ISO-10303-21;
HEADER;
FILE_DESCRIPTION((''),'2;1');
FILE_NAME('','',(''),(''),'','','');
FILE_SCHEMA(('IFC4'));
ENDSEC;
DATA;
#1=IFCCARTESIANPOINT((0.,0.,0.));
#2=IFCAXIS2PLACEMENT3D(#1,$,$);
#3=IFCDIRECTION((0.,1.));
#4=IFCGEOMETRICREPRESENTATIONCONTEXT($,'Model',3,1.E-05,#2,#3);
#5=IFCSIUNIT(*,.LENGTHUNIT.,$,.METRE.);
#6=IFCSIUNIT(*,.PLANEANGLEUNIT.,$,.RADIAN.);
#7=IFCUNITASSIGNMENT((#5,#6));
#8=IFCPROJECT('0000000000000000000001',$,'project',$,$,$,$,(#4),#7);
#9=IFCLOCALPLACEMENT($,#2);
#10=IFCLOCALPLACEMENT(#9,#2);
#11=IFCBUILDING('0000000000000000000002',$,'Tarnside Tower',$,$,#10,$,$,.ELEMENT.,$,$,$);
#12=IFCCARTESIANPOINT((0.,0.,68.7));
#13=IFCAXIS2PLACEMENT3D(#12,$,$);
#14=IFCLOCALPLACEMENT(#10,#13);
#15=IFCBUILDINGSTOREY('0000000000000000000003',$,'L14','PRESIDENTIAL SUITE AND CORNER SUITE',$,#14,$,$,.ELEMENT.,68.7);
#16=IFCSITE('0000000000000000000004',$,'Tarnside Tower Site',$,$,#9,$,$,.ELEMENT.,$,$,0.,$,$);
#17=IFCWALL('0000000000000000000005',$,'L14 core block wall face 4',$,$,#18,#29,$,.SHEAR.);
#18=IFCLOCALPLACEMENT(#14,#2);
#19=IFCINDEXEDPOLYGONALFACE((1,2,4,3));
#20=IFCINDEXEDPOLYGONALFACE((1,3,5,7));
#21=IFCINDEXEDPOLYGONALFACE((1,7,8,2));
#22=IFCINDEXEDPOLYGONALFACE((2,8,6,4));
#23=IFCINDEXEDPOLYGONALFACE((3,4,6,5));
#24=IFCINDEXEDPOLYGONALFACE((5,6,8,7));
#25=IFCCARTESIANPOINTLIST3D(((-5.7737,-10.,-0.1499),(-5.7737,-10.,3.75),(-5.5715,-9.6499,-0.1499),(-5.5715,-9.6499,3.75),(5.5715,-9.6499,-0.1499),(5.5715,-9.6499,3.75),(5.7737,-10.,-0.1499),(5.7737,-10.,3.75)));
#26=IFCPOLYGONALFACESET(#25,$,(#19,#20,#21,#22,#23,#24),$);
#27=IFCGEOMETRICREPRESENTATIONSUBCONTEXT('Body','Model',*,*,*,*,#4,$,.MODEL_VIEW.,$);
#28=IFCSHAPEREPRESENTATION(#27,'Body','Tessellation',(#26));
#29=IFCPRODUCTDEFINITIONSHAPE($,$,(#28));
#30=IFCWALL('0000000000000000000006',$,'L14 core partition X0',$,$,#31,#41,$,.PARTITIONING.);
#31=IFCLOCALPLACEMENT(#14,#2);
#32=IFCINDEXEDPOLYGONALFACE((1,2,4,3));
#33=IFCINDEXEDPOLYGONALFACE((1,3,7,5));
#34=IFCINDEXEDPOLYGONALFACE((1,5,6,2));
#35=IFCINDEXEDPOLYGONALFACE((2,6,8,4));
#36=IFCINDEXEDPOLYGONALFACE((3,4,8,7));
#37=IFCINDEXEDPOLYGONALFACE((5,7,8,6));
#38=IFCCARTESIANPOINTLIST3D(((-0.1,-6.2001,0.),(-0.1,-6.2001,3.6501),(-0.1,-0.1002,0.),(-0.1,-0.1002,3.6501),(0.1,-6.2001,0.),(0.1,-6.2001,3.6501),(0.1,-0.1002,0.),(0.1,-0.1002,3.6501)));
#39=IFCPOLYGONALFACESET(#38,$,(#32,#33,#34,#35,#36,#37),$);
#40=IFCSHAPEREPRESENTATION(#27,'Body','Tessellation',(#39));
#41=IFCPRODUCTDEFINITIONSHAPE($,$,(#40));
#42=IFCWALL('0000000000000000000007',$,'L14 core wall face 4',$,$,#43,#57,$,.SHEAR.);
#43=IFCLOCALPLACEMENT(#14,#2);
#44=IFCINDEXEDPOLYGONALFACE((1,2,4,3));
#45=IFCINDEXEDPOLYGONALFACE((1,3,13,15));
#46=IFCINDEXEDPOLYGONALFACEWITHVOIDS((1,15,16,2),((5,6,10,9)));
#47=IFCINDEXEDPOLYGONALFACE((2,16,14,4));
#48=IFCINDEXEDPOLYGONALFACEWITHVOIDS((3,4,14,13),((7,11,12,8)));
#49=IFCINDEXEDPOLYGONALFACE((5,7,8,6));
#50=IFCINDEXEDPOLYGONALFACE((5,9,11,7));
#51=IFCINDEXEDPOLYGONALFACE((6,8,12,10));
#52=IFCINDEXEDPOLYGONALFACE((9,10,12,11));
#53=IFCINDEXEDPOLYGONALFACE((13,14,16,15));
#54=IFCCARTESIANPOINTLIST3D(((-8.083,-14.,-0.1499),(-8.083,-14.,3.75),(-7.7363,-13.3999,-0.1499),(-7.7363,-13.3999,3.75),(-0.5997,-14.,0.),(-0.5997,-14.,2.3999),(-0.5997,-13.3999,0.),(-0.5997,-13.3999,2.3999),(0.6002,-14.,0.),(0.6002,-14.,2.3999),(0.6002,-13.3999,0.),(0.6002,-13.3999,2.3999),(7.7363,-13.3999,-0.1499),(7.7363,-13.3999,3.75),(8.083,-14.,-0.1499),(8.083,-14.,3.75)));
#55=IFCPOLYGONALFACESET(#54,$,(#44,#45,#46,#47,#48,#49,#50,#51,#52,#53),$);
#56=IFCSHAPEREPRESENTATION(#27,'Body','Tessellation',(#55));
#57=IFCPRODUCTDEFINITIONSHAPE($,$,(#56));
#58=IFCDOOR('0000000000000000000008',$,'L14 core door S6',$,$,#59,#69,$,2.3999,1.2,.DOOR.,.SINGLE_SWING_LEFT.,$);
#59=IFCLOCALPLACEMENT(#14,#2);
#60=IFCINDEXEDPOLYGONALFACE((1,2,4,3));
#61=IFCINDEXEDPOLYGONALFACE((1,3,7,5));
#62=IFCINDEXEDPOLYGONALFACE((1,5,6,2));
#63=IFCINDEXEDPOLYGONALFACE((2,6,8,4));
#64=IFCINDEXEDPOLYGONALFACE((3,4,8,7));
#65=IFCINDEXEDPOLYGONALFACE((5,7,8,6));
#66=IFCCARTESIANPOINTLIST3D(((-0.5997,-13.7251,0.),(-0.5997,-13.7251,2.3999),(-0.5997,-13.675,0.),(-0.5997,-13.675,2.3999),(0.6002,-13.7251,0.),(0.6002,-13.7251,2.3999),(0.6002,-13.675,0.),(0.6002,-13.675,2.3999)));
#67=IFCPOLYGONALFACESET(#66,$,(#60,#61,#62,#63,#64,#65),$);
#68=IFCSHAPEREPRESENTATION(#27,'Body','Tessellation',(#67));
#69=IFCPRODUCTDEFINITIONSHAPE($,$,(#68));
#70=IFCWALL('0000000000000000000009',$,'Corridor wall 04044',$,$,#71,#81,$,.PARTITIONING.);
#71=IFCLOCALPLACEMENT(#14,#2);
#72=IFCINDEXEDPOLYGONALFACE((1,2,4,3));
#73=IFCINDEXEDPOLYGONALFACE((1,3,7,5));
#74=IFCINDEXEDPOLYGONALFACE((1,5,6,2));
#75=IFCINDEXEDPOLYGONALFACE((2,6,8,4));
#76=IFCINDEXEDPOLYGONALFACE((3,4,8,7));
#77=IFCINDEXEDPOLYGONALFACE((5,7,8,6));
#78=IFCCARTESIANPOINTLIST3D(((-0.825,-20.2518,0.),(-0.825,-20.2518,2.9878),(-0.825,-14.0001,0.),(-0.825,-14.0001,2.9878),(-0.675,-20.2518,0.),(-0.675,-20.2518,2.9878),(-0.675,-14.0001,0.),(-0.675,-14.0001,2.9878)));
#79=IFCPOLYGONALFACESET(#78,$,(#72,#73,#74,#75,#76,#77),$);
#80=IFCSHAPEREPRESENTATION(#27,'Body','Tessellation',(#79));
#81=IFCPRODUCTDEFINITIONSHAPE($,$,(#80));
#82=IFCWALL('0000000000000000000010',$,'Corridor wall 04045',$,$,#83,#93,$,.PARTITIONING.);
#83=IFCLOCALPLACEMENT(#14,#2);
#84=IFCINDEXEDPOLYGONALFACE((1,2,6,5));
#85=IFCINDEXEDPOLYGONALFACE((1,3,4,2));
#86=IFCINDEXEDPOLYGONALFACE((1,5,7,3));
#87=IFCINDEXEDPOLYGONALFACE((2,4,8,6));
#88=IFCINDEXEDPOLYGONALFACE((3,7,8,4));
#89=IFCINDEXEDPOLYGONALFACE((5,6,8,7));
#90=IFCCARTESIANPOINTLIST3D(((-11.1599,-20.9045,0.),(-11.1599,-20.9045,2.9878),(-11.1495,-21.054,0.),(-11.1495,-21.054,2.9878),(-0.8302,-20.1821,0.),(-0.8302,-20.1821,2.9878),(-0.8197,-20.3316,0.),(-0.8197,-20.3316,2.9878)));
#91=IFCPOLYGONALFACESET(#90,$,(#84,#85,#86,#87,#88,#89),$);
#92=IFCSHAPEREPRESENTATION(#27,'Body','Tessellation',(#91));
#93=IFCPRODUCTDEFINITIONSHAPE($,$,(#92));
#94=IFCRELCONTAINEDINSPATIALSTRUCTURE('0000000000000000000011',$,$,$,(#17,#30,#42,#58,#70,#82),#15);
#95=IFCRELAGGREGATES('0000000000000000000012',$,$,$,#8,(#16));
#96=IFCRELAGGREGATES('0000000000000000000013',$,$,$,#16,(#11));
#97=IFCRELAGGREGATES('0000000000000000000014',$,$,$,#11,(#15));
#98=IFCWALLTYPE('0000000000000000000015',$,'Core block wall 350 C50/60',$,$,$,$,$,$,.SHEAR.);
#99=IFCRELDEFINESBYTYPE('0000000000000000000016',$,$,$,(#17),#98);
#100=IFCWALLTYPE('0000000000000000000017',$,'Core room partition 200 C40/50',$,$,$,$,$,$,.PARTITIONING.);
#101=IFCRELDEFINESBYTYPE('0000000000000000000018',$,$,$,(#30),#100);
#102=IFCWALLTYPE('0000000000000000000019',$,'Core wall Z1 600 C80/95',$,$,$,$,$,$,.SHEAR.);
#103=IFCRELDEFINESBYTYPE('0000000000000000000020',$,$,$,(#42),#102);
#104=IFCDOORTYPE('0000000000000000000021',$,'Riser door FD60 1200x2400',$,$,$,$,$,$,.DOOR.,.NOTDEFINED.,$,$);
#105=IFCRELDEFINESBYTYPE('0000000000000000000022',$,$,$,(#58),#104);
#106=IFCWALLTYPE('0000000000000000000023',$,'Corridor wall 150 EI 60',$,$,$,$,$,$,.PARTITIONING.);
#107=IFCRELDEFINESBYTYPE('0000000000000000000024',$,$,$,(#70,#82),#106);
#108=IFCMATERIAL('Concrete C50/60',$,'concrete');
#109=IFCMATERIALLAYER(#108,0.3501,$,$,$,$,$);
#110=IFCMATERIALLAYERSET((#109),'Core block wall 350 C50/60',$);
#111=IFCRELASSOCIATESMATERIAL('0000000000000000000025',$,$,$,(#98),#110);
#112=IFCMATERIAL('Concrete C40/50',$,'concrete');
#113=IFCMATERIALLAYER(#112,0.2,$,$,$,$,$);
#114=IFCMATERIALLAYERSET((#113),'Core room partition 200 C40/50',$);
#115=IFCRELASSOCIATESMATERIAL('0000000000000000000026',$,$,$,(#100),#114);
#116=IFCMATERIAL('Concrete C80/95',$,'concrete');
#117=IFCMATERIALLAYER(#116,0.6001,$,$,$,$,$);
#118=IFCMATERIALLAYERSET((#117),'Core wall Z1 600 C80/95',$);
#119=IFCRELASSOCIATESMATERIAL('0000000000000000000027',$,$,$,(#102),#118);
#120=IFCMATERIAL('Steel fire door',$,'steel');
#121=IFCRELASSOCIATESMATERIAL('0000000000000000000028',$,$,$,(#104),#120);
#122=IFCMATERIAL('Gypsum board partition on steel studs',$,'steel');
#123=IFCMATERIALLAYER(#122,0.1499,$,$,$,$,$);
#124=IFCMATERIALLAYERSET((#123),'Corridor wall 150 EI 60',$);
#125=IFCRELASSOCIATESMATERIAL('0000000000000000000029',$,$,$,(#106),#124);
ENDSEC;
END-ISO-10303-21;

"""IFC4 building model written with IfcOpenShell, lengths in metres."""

from ifc_helpers import new_model, si_unit, direction, frame, frame_2d, origin, place, context, subcontext, project, spatial, polyline, rectangle, outline, extrude, material, layer, layer_set, type_object, element, fill, save


model = new_model("IFC4")

# Units and contexts
model_context = context("Model", 3, precision=1e-05, world=origin(), true_north=direction((0.0, 1.0)))
body_context = subcontext(model_context, "Body", "Model", "MODEL_VIEW")
ifc_project = project(units=[si_unit("LENGTHUNIT", "METRE"), si_unit("PLANEANGLEUNIT", "RADIAN")], contexts=[model_context])

# Site, building, storey
site_placement = place(None, origin())
site = spatial("IfcSite", under=ifc_project, at=site_placement, Name="Tarnside Tower Site", CompositionType="ELEMENT", RefElevation=0.0)
building_placement = place(site_placement, origin())
building = spatial("IfcBuilding", under=site, at=building_placement, Name="Tarnside Tower", CompositionType="ELEMENT")
storey_placement = place(building_placement, frame((0.0, 0.0, 68.7)))
storey = spatial("IfcBuildingStorey", under=building, at=storey_placement, Name="L14", Description="PRESIDENTIAL SUITE AND CORNER SUITE", CompositionType="ELEMENT", Elevation=68.7)

# Walls
ifc_material_1 = material(Name="Concrete C50/60", Category="concrete")
ifc_layer_1 = layer(ifc_material_1, 0.3501)
ifc_layer_set_1 = layer_set([ifc_layer_1], Name="Core block wall 350 C50/60")
wall_type_1 = type_object("IfcWallType", Name="Core block wall 350 C50/60", PredefinedType="SHEAR", material=ifc_layer_set_1)
wall_1_placement = place(storey_placement, frame((-5.6726, -9.825, -0.1499), z_axis=(0.0, 0.0, 1.0), x_axis=(1.0, 0.0, 0.0)))
element("IfcWall", 1, at=wall_1_placement, inside=storey, type_object=wall_type_1, Name="L14 core block wall face 4", PredefinedType="SHEAR", context=body_context, shape_type="SweptSolid", body=[
    extrude(outline(polyline([(-0.1011, -0.175), (11.4463, -0.175), (11.2441, 0.175), (0.1011, 0.175), (-0.1011, -0.175)])), origin(), (0.0, 0.0, 1.0), 3.8999),
])
ifc_material_2 = material(Name="Concrete C40/50", Category="concrete")
ifc_layer_2 = layer(ifc_material_2, 0.2)
ifc_layer_set_2 = layer_set([ifc_layer_2], Name="Core room partition 200 C40/50")
wall_type_2 = type_object("IfcWallType", Name="Core room partition 200 C40/50", PredefinedType="PARTITIONING", material=ifc_layer_set_2)
wall_2_placement = place(storey_placement, frame((0.0, -6.2, 0.0), z_axis=(0.0, 0.0, 1.0), x_axis=(0.0, 1.0, 0.0)))
element("IfcWall", 2, at=wall_2_placement, inside=storey, type_object=wall_type_2, Name="L14 core partition X0", PredefinedType="PARTITIONING", context=body_context, shape_type="SweptSolid", body=[
    extrude(rectangle(XDim=6.0999, YDim=0.2, at=frame_2d((3.0498, 0.0))), origin(), (0.0, 0.0, 1.0), 3.6501),
])

# Wall, opening, door
ifc_material_3 = material(Name="Concrete C80/95", Category="concrete")
ifc_layer_3 = layer(ifc_material_3, 0.6001)
ifc_layer_set_3 = layer_set([ifc_layer_3], Name="Core wall Z1 600 C80/95")
wall_type_3 = type_object("IfcWallType", Name="Core wall Z1 600 C80/95", PredefinedType="SHEAR", material=ifc_layer_set_3)
wall_3_placement = place(storey_placement, frame((-7.9097, -13.7, -0.1499), z_axis=(0.0, 0.0, 1.0), x_axis=(1.0, 0.0, 0.0)))
wall_3 = element("IfcWall", 3, at=wall_3_placement, inside=storey, type_object=wall_type_3, Name="L14 core wall face 4", PredefinedType="SHEAR", context=body_context, shape_type="SweptSolid", body=[
    extrude(outline(polyline([(-0.1733, -0.3), (15.9927, -0.3), (15.646, 0.3), (0.1733, 0.3), (-0.1733, -0.3)])), origin(), (0.0, 0.0, 1.0), 3.8999),
])
opening_1_placement = place(wall_3_placement, frame((7.3098, 0.0, 0.1499)))
opening_1 = element("IfcOpeningElement", 4, at=opening_1_placement, cuts=wall_3, PredefinedType="OPENING", context=body_context, shape_type="SweptSolid", body=[
    extrude(rectangle(XDim=1.2, YDim=2.3999, at=frame_2d((0.6001, 1.2))), frame((0.0, 0.3101, 0.0), z_axis=(0.0, -1.0, 0.0), x_axis=(1.0, 0.0, 0.0)), (0.0, 0.0, 1.0), 0.6201),
])
ifc_material_4 = material(Name="Steel fire door", Category="steel")
door_type_1 = type_object("IfcDoorType", Name="Riser door FD60 1200x2400", OperationType="NOTDEFINED", PredefinedType="DOOR", material=ifc_material_4)
door_1_placement = place(opening_1_placement, origin())
door_1 = element("IfcDoor", 5, at=door_1_placement, inside=storey, type_object=door_type_1, Name="L14 core door S6", OperationType="SINGLE_SWING_LEFT", OverallHeight=2.3999, OverallWidth=1.2, PredefinedType="DOOR", context=body_context, shape_type="SweptSolid", body=[
    extrude(rectangle(XDim=1.2, YDim=2.3999, at=frame_2d((0.6001, 1.2))), frame((0.0, 0.0249, 0.0), z_axis=(0.0, -1.0, 0.0), x_axis=(1.0, 0.0, 0.0)), (0.0, 0.0, 1.0), 0.05),
])
fill(opening_1, door_1)

# Walls
ifc_material_5 = material(Name="Gypsum board partition on steel studs", Category="steel")
ifc_layer_4 = layer(ifc_material_5, 0.1499)
ifc_layer_set_4 = layer_set([ifc_layer_4], Name="Corridor wall 150 EI 60")
wall_type_4 = type_object("IfcWallType", Name="Corridor wall 150 EI 60", PredefinedType="PARTITIONING", material=ifc_layer_set_4)
wall_4_placement = place(storey_placement, frame((-0.75, -14.0, 0.0), z_axis=(0.0, 0.0, 1.0), x_axis=(0.0, -1.0, 0.0)))
element("IfcWall", 6, at=wall_4_placement, inside=storey, type_object=wall_type_4, Name="Corridor wall 04044", PredefinedType="PARTITIONING", context=body_context, shape_type="SweptSolid", body=[
    extrude(rectangle(XDim=6.2517, YDim=0.1499, at=frame_2d((3.126, 0.0))), origin(), (0.0, 0.0, 1.0), 2.9878),
])
wall_5_placement = place(storey_placement, frame((-0.825, -20.2568, 0.0), z_axis=(0.0, 0.0, 1.0), x_axis=(-0.997564, -0.069764, 0.0)))
element("IfcWall", 7, at=wall_5_placement, inside=storey, type_object=wall_type_4, Name="Corridor wall 04045", PredefinedType="PARTITIONING", context=body_context, shape_type="SweptSolid", body=[
    extrude(rectangle(XDim=10.355, YDim=0.1499, at=frame_2d((5.1775, 0.0))), origin(), (0.0, 0.0, 1.0), 2.9878),
])

save(model, "model.ifc")
